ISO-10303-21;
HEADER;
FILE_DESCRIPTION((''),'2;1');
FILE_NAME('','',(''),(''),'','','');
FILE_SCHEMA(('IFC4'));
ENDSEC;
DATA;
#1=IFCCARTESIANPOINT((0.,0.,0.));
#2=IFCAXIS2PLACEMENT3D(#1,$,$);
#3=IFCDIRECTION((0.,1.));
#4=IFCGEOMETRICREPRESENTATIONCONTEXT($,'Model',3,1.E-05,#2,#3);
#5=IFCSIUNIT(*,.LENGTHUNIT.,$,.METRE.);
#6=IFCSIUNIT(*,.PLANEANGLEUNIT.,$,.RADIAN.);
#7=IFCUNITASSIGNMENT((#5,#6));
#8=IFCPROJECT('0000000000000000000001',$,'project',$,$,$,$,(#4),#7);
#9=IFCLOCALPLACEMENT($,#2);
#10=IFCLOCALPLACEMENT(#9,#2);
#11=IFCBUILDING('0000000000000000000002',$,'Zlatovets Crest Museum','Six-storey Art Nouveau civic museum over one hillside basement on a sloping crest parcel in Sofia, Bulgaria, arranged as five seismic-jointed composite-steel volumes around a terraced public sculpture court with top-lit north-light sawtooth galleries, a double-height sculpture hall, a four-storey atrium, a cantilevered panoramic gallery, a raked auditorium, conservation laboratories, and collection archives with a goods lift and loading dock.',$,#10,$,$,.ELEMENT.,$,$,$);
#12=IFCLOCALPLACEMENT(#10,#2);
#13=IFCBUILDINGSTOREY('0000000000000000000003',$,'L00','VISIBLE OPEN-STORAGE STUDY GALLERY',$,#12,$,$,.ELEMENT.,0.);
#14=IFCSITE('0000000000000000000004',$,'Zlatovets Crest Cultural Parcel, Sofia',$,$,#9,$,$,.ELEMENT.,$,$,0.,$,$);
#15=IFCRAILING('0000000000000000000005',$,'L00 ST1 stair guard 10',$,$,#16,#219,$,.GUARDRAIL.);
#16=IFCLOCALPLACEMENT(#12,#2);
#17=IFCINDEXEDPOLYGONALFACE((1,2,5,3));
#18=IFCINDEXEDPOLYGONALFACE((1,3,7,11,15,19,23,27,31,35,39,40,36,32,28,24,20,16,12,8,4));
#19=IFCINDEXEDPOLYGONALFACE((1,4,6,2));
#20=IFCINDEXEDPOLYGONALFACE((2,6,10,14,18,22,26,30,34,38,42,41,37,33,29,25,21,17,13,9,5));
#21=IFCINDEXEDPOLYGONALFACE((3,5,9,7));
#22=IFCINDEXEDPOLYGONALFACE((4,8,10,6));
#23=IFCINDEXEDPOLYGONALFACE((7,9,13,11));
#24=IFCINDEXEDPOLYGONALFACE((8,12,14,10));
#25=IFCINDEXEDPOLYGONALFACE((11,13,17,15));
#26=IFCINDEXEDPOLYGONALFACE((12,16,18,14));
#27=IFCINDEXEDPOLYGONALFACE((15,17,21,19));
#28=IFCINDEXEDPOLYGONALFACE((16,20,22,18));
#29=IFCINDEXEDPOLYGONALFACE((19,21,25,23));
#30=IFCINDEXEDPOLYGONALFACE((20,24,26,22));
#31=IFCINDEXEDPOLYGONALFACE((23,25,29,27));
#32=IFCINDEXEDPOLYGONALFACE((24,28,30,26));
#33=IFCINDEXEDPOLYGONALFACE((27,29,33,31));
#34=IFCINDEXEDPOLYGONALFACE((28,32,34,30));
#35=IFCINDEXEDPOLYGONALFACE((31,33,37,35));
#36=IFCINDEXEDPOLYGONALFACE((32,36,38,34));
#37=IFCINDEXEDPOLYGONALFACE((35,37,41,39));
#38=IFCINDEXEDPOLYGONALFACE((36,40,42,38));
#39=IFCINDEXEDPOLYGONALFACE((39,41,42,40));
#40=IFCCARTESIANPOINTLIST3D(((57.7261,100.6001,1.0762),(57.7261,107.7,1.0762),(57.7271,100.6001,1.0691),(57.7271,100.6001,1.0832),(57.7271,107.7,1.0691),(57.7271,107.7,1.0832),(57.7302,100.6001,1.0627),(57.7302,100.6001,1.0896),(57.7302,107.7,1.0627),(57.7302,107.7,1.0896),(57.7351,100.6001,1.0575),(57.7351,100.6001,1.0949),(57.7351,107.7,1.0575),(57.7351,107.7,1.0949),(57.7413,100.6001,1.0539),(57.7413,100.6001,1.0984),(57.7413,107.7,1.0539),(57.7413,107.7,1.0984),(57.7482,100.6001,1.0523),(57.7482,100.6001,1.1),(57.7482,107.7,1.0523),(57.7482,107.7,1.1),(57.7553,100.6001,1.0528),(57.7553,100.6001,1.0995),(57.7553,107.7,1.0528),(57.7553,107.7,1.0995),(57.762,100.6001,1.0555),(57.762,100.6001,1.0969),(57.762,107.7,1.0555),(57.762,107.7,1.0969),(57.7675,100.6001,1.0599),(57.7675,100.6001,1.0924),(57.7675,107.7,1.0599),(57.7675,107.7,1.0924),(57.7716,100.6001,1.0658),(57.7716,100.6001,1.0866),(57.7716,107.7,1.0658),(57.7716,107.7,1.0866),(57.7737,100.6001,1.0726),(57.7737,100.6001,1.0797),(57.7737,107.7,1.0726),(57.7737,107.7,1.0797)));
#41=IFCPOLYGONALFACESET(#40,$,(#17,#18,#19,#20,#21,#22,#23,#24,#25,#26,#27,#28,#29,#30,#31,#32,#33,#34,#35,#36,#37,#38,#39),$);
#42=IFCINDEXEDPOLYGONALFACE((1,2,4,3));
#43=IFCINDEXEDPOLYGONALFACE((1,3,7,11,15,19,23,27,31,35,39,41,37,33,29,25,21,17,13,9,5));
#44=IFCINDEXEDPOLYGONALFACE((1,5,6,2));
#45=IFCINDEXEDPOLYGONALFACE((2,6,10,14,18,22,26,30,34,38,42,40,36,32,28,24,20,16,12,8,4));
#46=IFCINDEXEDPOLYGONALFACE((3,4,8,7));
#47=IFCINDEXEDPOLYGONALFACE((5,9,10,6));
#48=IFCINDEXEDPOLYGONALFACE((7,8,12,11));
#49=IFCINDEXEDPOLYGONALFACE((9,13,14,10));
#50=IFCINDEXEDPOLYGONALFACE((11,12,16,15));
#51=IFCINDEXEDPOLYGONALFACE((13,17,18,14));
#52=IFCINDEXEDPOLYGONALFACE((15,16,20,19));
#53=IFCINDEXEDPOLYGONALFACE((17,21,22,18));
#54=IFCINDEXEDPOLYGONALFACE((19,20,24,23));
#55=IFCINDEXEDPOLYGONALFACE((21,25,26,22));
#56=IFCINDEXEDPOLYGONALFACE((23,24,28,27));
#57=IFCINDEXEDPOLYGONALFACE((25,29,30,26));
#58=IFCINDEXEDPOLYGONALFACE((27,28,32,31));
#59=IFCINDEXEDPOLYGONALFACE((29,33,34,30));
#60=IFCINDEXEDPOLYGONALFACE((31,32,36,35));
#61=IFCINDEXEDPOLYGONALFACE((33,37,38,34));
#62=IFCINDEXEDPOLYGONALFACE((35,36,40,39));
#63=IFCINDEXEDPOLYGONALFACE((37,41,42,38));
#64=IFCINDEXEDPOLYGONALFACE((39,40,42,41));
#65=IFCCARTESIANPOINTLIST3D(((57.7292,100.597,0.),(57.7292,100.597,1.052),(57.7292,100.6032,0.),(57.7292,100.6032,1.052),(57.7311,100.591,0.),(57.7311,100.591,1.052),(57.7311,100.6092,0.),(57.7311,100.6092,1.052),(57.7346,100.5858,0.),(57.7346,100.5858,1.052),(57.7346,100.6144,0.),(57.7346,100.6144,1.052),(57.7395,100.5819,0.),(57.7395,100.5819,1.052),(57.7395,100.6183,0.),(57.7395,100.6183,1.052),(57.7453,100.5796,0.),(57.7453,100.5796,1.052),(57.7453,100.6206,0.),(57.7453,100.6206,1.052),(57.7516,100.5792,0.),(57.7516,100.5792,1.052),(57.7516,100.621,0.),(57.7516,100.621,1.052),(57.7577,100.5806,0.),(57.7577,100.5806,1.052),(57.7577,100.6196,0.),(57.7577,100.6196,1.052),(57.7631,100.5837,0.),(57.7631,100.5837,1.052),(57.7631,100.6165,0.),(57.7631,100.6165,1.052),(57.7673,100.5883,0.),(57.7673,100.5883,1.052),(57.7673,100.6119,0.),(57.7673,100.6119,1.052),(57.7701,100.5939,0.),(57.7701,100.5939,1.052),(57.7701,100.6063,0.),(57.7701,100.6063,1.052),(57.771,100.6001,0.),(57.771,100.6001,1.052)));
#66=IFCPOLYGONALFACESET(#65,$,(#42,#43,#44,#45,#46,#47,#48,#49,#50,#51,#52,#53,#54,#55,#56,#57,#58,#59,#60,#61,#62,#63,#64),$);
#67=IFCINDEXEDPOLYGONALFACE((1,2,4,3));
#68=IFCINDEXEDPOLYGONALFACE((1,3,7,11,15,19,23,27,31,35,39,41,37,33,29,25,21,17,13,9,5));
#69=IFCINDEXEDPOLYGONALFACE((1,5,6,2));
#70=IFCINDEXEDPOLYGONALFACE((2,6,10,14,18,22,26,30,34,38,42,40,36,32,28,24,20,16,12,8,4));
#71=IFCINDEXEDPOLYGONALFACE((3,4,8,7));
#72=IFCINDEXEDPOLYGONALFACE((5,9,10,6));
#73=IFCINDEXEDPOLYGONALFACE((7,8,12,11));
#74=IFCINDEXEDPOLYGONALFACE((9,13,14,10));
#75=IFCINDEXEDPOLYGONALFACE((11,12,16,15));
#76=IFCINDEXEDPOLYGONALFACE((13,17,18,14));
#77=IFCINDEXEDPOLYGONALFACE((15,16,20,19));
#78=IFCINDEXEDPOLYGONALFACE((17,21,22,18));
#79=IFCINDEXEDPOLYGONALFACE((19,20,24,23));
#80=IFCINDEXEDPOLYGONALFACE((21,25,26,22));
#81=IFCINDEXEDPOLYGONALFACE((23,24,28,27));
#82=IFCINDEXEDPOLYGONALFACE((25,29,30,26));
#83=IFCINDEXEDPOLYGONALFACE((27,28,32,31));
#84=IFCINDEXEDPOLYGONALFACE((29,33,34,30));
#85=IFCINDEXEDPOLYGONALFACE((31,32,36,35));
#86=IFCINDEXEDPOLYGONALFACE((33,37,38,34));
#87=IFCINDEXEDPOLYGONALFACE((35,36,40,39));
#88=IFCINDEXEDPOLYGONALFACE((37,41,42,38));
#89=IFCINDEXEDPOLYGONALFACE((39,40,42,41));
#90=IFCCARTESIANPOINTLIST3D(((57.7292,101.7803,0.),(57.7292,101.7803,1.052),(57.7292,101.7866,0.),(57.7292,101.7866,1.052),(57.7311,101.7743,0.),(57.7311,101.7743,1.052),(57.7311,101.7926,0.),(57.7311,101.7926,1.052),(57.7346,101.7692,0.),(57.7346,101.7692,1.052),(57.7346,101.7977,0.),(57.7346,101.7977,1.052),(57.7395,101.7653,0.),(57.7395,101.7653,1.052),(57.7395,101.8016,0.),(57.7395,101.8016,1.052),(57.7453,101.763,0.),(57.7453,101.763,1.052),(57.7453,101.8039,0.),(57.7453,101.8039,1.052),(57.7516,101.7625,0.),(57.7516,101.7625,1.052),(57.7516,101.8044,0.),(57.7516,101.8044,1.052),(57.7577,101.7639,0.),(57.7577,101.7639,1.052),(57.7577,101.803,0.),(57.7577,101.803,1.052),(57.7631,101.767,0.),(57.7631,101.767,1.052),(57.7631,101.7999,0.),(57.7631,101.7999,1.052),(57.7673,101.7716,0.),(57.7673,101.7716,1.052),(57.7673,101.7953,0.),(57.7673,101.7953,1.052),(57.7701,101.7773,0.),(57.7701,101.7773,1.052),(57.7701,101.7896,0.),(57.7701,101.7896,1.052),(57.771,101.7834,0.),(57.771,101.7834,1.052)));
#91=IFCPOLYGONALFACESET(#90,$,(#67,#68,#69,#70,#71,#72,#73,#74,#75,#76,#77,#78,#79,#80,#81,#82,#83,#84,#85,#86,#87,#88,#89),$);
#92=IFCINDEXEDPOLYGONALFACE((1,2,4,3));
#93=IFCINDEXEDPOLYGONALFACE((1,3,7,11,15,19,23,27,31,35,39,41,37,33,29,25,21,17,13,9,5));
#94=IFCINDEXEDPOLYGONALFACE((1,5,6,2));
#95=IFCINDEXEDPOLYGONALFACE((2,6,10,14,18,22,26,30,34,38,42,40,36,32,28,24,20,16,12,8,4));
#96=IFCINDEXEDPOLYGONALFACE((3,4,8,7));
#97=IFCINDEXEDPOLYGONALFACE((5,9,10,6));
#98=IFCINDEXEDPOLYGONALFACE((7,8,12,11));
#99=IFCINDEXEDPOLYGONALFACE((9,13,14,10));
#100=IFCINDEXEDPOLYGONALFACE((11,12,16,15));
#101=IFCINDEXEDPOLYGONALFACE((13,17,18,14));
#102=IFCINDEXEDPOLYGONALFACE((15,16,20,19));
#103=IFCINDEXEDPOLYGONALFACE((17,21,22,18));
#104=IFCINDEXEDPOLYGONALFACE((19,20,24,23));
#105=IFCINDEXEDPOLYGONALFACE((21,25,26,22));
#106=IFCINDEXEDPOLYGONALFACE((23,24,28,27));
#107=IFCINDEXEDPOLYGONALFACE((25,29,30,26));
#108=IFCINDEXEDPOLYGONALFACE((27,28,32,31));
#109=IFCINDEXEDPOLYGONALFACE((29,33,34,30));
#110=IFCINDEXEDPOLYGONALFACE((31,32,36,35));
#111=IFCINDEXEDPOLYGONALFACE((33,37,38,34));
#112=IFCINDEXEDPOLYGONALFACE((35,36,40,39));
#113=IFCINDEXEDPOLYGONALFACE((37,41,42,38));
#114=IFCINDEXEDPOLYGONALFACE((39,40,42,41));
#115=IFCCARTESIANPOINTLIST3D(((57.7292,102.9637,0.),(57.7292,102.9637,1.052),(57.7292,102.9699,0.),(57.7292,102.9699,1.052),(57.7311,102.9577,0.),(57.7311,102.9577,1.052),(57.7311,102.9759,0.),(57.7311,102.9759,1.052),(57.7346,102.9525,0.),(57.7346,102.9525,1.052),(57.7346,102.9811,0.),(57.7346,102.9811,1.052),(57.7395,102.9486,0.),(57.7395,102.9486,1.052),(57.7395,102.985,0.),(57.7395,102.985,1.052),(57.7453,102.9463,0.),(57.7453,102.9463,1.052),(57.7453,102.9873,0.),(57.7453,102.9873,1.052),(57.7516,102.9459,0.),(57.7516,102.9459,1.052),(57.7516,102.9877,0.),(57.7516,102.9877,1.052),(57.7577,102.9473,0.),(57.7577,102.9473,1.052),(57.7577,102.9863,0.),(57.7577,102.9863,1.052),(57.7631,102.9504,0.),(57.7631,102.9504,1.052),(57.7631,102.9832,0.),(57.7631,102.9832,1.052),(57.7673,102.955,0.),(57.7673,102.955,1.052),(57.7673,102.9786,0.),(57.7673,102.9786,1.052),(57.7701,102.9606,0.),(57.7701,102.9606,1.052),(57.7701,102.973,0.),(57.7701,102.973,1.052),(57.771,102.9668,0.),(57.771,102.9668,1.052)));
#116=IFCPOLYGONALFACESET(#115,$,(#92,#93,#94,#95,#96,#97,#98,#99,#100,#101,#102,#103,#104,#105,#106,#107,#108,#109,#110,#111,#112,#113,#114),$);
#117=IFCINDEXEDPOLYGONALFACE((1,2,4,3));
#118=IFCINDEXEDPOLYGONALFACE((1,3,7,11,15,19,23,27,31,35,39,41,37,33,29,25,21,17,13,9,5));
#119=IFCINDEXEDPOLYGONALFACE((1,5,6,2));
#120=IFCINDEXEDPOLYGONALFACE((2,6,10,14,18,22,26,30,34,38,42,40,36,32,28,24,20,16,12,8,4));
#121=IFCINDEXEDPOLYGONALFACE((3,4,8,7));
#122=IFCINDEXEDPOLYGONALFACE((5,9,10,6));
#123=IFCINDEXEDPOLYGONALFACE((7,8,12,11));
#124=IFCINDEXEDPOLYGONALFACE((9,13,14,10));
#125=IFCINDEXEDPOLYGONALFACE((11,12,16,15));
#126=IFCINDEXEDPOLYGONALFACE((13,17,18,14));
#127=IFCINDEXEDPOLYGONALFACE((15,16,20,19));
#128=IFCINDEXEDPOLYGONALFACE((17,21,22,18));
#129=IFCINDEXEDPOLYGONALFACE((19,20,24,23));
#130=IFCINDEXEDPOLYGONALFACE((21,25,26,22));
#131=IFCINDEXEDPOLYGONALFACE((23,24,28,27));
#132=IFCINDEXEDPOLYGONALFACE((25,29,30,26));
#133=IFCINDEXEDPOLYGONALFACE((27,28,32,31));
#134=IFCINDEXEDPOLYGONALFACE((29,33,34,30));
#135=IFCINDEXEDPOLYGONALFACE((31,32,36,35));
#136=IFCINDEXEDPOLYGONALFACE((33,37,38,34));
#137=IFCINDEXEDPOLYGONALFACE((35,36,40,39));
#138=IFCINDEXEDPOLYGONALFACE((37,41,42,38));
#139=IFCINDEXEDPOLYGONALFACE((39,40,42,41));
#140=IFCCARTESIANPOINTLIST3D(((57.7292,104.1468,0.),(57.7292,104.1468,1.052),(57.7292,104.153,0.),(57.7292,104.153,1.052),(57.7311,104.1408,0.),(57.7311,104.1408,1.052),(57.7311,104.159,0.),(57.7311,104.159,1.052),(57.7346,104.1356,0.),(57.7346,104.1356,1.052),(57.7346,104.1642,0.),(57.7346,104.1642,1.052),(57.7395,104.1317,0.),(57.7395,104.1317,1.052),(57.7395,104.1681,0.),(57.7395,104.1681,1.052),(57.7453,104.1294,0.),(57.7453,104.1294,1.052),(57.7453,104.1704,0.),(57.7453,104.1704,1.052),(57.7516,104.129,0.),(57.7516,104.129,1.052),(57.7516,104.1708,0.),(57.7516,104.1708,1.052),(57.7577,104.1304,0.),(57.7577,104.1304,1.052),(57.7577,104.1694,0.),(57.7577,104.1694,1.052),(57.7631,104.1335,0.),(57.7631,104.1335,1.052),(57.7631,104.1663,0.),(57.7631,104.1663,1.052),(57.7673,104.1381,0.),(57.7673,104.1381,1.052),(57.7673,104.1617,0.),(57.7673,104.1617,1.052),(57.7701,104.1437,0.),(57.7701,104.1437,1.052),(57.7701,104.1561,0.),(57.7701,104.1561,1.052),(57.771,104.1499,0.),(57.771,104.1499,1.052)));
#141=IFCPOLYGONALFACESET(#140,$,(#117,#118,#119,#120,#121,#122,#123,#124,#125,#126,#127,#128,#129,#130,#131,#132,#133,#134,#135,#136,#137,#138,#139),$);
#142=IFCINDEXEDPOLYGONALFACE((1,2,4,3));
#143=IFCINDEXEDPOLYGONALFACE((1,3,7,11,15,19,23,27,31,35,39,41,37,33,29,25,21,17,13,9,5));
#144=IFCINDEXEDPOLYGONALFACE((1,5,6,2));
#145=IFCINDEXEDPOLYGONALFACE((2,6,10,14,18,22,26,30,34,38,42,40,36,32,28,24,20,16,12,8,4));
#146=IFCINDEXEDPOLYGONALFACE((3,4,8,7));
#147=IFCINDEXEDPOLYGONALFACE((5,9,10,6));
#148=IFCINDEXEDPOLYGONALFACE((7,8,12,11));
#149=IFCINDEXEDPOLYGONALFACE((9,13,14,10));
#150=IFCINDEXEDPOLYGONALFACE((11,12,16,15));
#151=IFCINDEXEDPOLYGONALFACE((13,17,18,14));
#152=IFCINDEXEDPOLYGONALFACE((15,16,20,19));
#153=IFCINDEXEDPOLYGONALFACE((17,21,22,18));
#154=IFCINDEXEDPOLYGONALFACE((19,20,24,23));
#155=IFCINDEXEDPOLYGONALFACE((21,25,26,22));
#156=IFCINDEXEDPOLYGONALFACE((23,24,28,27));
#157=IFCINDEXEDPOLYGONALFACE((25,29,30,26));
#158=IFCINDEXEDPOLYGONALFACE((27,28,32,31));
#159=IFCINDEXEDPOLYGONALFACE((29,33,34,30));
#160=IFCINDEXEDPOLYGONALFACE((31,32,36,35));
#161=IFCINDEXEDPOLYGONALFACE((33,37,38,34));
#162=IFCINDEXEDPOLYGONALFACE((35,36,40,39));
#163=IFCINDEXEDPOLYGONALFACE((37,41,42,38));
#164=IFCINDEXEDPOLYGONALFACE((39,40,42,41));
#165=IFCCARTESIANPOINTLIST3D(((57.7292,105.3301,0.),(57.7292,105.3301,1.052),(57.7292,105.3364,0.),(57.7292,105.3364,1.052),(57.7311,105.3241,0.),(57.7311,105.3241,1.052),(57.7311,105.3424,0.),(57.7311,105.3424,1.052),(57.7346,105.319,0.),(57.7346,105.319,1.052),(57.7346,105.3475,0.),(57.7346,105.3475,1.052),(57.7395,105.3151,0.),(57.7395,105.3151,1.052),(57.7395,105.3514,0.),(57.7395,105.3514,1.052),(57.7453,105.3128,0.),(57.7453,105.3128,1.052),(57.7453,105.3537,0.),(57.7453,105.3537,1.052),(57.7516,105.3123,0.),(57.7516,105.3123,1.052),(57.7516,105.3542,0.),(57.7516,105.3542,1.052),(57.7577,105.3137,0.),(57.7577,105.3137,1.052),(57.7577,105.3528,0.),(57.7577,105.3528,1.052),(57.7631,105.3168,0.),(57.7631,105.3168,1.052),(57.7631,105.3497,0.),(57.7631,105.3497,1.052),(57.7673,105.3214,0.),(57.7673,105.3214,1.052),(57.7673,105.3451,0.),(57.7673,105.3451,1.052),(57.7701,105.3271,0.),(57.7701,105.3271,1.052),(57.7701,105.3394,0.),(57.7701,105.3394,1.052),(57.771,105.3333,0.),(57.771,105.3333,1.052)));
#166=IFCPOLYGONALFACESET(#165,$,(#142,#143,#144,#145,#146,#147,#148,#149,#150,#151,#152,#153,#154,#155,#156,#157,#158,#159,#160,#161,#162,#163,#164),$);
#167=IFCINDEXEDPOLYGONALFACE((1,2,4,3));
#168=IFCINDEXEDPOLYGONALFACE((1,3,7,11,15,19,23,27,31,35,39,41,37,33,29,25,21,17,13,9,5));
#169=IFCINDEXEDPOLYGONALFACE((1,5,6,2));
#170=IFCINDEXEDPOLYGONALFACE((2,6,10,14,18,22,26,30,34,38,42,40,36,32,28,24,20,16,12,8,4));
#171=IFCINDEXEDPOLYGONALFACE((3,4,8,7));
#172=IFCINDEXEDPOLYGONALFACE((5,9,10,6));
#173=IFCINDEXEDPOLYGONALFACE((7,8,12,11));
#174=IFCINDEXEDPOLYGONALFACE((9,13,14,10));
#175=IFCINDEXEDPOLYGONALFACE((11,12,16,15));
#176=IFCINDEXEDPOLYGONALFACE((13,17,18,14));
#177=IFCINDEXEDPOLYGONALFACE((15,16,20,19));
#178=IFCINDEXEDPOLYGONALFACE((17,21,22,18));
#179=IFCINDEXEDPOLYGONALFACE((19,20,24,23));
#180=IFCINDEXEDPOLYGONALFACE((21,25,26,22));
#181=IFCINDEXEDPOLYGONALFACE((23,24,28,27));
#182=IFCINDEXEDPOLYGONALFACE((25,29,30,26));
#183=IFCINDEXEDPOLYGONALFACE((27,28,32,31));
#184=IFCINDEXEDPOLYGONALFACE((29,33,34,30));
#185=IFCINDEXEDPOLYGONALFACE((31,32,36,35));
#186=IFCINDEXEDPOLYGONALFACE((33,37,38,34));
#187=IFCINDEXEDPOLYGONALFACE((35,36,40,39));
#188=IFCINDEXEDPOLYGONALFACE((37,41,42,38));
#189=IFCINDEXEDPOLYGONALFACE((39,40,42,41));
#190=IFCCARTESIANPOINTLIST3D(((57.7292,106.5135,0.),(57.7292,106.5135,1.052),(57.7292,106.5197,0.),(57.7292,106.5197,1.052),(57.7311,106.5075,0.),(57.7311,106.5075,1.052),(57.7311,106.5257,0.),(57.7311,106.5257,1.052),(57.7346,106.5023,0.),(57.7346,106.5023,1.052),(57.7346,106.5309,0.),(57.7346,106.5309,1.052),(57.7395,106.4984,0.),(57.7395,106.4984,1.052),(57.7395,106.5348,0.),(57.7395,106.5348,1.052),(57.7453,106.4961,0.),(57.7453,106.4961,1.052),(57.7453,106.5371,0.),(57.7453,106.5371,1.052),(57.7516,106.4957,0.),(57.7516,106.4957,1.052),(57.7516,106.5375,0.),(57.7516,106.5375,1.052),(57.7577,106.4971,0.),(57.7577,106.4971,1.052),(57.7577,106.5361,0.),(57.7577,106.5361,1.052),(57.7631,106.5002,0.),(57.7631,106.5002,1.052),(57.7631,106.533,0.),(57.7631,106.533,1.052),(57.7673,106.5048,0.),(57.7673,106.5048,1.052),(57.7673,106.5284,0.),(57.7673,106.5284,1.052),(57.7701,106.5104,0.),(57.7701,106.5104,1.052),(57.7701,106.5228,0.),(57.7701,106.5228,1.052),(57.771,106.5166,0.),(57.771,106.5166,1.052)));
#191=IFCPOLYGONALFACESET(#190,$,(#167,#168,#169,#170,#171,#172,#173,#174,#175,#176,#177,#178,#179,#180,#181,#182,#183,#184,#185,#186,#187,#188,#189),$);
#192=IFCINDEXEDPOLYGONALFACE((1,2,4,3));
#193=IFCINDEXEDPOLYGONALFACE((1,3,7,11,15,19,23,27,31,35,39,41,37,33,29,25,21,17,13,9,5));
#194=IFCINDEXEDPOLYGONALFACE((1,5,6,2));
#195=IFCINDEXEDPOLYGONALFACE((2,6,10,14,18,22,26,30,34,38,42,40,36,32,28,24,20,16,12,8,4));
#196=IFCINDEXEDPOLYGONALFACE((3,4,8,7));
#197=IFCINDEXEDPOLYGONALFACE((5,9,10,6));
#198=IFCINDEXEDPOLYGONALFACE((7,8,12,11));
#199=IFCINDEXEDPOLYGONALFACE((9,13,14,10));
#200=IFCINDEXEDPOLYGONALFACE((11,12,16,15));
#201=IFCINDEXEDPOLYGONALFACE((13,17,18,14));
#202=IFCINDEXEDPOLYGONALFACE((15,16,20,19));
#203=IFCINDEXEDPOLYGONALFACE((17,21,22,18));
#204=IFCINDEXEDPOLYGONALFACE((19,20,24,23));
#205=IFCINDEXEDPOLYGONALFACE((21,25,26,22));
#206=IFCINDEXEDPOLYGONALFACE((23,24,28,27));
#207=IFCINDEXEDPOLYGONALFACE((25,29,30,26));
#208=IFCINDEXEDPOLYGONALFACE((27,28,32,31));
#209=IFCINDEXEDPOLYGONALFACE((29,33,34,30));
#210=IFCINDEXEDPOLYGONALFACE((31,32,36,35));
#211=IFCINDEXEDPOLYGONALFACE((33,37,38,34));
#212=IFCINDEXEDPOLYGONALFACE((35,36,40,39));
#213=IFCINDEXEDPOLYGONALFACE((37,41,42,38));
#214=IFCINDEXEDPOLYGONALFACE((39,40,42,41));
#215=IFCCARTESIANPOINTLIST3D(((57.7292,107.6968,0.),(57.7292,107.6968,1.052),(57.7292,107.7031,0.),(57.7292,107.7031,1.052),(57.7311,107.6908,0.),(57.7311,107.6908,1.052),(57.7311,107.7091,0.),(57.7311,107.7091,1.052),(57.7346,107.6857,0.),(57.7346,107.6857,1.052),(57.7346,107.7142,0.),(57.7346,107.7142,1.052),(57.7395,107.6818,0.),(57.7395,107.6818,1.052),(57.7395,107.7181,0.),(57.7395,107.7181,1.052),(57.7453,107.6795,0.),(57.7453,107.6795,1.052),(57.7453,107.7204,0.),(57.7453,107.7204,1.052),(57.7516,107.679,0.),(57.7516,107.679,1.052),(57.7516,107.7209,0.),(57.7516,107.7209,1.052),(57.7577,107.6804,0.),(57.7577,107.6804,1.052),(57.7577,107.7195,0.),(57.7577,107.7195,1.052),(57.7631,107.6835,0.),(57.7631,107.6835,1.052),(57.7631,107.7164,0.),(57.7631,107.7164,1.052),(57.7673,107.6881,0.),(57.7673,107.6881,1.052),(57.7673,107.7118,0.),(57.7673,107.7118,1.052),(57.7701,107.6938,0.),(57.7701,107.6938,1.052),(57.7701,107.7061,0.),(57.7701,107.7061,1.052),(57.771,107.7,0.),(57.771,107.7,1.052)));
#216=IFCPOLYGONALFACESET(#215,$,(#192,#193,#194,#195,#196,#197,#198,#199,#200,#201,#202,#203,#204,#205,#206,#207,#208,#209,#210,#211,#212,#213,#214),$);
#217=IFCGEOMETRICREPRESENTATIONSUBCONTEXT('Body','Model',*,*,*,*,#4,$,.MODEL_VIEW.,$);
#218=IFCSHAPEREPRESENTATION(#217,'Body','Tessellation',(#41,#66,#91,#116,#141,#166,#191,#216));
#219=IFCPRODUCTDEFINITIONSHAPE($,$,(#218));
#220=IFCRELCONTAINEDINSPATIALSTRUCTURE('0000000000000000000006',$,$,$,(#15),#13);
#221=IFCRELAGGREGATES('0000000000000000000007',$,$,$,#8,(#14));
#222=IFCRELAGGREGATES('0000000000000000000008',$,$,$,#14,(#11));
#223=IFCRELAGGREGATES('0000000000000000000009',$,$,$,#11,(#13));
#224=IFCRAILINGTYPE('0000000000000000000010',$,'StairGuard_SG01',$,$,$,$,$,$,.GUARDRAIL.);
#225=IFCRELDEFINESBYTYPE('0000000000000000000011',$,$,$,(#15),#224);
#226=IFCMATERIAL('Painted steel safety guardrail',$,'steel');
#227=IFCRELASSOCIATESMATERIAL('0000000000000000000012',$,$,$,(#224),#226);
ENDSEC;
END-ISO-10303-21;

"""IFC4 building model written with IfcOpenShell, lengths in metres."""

from ifc_helpers import new_model, si_unit, direction, frame, origin, origin_2d, place, context, subcontext, project, spatial, circle, extrude, material, type_object, element, save


model = new_model("IFC4")

# Units and contexts
model_context = context("Model", 3, precision=1e-05, world=origin(), true_north=direction((0.0, 1.0)))
body_context = subcontext(model_context, "Body", "Model", "MODEL_VIEW")
ifc_project = project(units=[si_unit("LENGTHUNIT", "METRE"), si_unit("PLANEANGLEUNIT", "RADIAN")], contexts=[model_context])

# Site, building, storey
site_placement = place(None, origin())
site = spatial("IfcSite", under=ifc_project, at=site_placement, Name="Zlatovets Crest Cultural Parcel, Sofia", CompositionType="ELEMENT", RefElevation=0.0)
building_placement = place(site_placement, origin())
building = spatial("IfcBuilding", under=site, at=building_placement, Name="Zlatovets Crest Museum", Description="Six-storey Art Nouveau civic museum over one hillside basement on a sloping crest parcel in Sofia, Bulgaria, arranged as five seismic-jointed composite-steel volumes around a terraced public sculpture court with top-lit north-light sawtooth galleries, a double-height sculpture hall, a four-storey atrium, a cantilevered panoramic gallery, a raked auditorium, conservation laboratories, and collection archives with a goods lift and loading dock.", CompositionType="ELEMENT")
storey_placement = place(building_placement, origin())
storey = spatial("IfcBuildingStorey", under=building, at=storey_placement, Name="L00", Description="VISIBLE OPEN-STORAGE STUDY GALLERY", CompositionType="ELEMENT", Elevation=0.0)

# Railing
ifc_material_1 = material(Name="Painted steel safety guardrail", Category="steel")
railing_type_1 = type_object("IfcRailingType", Name="StairGuard_SG01", PredefinedType="GUARDRAIL", material=ifc_material_1)
for number, where, name in (
    (1, (57.75, 100.6001, 0.0), "L00 ST1 stair guard 10"),
):
    element("IfcRailing", number, at=place(storey_placement, frame(where)), inside=storey, type_object=railing_type_1, Name=name, PredefinedType="GUARDRAIL", context=body_context, shape_type="SweptSolid", body=[
        extrude(circle(Radius=0.0239, at=origin_2d()), frame((0.0, 0.0, 1.0762), z_axis=(0.0, 1.0, 0.0), x_axis=(-1.0, 0.0, 0.0)), (0.0, 0.0, 1.0), 7.0999),
        extrude(circle(Radius=0.021, at=origin_2d()), origin(), (0.0, 0.0, 1.0), 1.052),
        extrude(circle(Radius=0.021, at=origin_2d()), frame((0.0, 1.1833, 0.0)), (0.0, 0.0, 1.0), 1.052),
        extrude(circle(Radius=0.021, at=origin_2d()), frame((0.0, 2.3667, 0.0)), (0.0, 0.0, 1.0), 1.052),
        extrude(circle(Radius=0.021, at=origin_2d()), frame((0.0, 3.5498, 0.0)), (0.0, 0.0, 1.0), 1.052),
        extrude(circle(Radius=0.021, at=origin_2d()), frame((0.0, 4.7332, 0.0)), (0.0, 0.0, 1.0), 1.052),
        extrude(circle(Radius=0.021, at=origin_2d()), frame((0.0, 5.9165, 0.0)), (0.0, 0.0, 1.0), 1.052),
        extrude(circle(Radius=0.021, at=origin_2d()), frame((0.0, 7.0999, 0.0)), (0.0, 0.0, 1.0), 1.052),
    ])

save(model, "model.ifc")
